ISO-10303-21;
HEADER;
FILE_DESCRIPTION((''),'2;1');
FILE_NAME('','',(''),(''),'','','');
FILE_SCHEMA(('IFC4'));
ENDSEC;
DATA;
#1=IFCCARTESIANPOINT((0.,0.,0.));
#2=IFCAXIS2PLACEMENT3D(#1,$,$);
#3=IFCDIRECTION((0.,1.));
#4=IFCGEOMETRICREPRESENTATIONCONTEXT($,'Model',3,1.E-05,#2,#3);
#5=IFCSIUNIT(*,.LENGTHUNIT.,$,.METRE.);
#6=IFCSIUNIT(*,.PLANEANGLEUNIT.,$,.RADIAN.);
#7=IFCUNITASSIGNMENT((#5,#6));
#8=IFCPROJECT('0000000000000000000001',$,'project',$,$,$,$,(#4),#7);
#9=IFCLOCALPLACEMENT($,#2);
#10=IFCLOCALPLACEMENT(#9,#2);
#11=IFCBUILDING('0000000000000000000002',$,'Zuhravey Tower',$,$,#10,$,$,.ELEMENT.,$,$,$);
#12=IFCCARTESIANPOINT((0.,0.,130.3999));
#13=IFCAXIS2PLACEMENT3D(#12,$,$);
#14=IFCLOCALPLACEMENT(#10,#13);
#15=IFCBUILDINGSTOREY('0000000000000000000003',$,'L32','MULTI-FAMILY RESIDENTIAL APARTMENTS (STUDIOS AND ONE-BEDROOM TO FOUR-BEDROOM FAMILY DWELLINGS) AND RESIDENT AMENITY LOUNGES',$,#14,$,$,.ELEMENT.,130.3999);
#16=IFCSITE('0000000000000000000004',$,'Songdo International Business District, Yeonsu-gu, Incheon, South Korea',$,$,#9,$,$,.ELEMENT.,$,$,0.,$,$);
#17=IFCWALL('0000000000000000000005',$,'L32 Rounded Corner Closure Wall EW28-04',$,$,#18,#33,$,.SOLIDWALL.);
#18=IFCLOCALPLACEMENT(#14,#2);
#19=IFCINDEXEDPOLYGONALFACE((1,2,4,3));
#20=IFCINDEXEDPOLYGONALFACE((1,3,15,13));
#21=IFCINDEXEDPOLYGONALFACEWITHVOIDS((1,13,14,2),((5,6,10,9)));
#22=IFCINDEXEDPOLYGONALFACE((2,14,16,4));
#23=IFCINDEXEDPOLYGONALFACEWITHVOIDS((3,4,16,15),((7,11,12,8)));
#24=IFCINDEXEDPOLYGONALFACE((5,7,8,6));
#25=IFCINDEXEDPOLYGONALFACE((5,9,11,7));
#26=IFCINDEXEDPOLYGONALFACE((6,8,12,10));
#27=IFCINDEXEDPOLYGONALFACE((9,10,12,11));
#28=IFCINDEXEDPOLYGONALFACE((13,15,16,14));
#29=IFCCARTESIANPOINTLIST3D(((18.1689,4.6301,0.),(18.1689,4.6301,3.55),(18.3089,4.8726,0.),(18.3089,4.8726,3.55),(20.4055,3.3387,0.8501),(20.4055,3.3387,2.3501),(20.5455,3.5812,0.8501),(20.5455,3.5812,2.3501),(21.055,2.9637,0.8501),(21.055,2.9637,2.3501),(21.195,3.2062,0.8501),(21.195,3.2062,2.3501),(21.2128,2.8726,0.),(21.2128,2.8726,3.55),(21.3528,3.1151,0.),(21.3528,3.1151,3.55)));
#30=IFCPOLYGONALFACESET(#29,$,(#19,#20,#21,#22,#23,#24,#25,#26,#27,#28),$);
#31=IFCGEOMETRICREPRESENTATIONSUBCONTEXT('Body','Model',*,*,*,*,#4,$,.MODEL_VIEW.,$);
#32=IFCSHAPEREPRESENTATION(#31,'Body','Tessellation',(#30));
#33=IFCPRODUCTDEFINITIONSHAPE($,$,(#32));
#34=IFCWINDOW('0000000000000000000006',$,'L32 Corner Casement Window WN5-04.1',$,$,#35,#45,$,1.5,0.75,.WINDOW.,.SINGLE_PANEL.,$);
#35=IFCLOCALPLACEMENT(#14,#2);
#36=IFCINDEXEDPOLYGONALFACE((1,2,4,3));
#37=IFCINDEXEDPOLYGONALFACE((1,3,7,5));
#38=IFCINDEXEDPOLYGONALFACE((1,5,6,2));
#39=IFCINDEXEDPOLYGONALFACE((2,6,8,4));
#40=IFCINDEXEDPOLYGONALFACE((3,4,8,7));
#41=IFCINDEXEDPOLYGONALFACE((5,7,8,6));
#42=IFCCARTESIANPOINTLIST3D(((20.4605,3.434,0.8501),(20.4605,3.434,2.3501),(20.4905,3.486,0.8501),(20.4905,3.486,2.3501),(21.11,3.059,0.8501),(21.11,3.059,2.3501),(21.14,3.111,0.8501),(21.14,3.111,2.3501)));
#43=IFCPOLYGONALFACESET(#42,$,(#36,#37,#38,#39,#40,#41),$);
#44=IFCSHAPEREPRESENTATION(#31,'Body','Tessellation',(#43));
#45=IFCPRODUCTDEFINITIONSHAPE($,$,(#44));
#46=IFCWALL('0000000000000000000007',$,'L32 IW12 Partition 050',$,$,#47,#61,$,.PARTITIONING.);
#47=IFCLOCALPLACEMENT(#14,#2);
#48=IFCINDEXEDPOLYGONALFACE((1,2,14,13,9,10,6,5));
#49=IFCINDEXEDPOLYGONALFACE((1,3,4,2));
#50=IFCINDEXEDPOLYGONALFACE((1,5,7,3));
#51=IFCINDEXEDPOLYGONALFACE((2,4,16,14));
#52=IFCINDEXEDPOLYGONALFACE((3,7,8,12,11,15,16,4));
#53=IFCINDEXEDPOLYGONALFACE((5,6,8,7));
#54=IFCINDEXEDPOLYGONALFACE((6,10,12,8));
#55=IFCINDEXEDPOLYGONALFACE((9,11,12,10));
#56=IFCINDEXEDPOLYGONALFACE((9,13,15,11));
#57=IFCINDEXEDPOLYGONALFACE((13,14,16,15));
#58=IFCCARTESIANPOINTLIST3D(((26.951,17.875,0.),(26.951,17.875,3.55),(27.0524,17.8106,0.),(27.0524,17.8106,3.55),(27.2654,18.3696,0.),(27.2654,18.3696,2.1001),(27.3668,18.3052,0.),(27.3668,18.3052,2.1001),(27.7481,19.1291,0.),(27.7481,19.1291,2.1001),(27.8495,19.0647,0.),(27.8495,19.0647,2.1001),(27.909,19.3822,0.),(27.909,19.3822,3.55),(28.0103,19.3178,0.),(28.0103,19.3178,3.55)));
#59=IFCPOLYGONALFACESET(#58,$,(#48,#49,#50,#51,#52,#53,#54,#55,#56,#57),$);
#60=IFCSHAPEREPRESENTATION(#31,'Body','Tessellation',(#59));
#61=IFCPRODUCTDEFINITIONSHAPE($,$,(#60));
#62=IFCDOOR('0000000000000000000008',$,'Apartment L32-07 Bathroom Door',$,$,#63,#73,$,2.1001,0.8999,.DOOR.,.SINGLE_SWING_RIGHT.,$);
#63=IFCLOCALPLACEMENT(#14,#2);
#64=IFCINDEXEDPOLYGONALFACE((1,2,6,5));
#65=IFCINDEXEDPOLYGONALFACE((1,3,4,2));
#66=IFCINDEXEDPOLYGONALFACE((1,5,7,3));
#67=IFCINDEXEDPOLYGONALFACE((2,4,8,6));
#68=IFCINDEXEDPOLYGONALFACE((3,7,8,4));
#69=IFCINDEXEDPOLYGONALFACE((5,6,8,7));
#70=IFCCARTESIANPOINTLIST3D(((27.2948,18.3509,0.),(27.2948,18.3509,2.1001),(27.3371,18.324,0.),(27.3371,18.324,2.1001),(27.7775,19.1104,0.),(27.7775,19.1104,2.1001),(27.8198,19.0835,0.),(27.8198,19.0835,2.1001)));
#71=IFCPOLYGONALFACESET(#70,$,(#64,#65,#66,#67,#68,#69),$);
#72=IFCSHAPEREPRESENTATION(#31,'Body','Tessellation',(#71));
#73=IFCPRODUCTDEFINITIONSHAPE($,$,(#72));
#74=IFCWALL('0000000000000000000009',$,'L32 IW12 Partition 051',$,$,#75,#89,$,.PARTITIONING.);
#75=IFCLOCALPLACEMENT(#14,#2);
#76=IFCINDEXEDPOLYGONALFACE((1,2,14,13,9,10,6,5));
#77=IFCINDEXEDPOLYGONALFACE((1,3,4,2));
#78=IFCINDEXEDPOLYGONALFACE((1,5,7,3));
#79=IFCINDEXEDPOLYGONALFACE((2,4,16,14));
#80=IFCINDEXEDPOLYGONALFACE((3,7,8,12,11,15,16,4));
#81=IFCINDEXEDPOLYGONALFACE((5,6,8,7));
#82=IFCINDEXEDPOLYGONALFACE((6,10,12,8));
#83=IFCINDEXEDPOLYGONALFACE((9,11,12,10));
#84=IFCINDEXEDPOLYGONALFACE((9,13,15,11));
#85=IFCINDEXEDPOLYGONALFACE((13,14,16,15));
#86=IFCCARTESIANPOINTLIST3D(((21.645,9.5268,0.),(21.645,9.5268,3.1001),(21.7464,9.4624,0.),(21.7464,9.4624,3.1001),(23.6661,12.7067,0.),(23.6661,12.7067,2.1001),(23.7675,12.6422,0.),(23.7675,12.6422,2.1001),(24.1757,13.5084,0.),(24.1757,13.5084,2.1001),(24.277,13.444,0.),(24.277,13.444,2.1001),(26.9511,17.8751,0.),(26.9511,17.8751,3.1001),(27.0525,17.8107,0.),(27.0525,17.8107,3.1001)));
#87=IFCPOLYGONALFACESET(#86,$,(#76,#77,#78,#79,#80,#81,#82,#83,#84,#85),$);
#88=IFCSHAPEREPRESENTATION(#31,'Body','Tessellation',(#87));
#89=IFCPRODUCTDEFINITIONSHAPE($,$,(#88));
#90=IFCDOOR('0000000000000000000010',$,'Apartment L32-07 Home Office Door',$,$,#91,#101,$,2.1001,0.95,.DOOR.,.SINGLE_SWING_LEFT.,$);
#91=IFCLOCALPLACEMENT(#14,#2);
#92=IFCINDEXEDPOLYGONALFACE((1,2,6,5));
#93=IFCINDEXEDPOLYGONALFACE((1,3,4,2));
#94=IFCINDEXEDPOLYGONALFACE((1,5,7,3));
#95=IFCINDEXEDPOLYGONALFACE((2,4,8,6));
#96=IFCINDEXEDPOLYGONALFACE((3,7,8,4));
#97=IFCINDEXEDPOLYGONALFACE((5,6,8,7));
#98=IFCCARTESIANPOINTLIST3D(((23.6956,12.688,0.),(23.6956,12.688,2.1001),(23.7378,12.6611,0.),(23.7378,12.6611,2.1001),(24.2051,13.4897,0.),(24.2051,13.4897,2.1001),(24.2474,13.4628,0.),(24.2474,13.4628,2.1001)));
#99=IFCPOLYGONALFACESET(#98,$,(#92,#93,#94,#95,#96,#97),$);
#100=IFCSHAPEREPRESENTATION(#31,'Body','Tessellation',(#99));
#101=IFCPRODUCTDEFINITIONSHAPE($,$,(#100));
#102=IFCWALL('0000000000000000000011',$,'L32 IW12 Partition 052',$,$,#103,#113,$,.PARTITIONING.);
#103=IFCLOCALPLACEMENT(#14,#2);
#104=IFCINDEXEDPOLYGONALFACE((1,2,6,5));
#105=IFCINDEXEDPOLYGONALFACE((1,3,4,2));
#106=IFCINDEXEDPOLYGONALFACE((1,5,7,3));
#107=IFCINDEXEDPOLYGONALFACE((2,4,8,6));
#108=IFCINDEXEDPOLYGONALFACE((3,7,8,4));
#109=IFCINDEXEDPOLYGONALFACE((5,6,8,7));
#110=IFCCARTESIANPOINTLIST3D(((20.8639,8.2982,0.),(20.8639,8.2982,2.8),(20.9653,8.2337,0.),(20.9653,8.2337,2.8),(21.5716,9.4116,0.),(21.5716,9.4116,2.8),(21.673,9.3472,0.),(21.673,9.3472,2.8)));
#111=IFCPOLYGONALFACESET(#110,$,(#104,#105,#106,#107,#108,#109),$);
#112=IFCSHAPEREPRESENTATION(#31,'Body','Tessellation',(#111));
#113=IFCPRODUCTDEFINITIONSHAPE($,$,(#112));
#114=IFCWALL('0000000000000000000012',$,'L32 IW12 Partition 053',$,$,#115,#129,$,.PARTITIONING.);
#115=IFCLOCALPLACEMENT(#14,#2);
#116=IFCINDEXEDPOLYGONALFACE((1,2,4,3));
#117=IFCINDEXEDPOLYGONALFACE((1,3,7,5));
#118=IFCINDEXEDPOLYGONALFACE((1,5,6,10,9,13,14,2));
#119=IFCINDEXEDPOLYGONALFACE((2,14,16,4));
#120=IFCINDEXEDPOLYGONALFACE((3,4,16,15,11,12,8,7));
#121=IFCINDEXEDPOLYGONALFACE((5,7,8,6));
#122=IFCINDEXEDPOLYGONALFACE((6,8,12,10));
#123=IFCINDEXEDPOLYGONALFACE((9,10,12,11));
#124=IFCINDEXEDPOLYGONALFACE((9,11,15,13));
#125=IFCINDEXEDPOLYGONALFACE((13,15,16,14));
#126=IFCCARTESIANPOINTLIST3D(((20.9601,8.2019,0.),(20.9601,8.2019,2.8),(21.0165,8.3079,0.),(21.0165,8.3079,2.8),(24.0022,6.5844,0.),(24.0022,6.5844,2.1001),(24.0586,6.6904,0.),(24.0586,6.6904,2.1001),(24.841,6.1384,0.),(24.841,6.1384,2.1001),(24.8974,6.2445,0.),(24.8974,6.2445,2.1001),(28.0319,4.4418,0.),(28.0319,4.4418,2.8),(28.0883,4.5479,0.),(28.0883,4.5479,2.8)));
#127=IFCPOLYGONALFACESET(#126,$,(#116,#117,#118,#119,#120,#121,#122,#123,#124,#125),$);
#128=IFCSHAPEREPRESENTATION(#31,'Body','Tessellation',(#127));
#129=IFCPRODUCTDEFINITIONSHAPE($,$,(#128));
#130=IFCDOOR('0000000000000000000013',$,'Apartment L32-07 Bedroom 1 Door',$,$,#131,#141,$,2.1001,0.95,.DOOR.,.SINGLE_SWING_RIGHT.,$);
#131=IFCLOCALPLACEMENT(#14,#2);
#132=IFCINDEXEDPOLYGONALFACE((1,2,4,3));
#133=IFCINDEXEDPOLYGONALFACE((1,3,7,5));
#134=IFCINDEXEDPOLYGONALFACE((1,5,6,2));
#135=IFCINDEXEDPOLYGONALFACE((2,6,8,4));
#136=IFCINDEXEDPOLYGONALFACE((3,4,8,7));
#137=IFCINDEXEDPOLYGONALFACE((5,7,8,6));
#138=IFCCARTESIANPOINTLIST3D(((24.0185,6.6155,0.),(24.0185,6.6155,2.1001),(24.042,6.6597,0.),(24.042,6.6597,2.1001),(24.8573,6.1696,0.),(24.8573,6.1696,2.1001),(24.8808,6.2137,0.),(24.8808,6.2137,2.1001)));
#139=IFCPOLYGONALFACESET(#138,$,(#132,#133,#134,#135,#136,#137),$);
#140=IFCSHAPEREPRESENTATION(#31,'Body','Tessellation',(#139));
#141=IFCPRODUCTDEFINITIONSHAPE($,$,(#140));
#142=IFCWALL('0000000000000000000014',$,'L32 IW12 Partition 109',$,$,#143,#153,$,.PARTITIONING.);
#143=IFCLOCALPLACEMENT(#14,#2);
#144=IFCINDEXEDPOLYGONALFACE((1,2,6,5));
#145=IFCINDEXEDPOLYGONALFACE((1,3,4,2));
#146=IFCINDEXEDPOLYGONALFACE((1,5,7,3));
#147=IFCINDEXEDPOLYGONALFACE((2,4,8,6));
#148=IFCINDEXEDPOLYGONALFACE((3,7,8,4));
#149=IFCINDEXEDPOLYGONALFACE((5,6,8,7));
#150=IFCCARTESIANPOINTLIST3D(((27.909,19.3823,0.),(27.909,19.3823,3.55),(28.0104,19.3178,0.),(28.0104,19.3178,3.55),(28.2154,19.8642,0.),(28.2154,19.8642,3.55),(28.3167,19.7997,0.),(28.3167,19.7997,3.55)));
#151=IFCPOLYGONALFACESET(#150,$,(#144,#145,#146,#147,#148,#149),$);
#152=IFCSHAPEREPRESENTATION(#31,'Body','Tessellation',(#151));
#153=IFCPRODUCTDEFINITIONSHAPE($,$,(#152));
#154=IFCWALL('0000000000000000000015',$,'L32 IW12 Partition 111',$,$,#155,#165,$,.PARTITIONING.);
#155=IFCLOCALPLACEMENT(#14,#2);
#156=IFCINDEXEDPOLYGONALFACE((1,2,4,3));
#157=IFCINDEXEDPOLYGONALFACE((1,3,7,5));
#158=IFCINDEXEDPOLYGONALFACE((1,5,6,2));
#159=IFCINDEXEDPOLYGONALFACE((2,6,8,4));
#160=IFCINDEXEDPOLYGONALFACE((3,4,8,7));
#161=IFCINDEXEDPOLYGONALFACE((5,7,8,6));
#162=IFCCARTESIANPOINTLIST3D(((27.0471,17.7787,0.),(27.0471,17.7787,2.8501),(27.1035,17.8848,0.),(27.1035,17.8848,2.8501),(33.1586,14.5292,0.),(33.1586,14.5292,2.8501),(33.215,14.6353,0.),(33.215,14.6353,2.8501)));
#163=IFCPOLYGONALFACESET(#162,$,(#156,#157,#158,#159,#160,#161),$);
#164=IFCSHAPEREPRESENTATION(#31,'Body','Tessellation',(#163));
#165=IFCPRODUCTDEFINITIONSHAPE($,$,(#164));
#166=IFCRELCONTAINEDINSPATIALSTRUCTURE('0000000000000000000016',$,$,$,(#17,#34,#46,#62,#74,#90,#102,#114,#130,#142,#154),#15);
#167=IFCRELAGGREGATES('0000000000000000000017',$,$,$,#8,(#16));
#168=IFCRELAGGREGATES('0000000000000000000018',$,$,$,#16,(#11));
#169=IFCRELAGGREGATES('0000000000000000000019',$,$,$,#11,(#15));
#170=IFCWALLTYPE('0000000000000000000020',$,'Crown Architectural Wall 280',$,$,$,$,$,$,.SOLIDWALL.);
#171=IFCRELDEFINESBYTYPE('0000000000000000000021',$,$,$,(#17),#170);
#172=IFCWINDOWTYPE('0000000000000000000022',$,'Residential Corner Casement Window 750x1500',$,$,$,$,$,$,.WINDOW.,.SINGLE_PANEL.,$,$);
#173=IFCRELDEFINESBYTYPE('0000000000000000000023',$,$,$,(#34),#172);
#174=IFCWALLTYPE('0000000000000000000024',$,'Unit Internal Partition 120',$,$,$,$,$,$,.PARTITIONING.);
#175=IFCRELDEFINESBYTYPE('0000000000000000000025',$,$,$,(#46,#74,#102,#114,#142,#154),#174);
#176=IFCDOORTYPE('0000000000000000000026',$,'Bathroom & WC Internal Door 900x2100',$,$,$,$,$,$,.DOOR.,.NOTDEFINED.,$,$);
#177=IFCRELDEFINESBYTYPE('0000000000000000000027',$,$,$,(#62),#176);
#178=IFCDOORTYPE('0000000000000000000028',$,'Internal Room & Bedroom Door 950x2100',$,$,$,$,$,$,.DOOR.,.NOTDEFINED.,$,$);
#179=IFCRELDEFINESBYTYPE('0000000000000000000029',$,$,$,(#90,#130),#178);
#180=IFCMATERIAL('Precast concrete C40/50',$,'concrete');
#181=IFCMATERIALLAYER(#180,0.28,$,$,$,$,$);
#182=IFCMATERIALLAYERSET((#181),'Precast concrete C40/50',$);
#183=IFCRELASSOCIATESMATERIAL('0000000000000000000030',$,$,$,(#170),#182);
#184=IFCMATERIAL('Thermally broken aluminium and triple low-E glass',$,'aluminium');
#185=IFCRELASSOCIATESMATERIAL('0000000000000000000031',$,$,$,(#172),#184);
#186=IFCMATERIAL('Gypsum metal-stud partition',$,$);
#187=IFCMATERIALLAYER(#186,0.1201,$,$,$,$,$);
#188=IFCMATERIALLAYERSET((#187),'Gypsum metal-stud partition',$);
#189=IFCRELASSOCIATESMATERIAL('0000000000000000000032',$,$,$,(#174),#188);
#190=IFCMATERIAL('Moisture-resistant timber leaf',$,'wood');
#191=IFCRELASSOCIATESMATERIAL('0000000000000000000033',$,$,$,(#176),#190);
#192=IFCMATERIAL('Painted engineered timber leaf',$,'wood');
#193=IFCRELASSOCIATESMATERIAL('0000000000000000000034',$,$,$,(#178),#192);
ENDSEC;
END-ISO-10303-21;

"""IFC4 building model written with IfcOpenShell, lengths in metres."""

from ifc_helpers import new_model, si_unit, direction, frame, frame_2d, origin, place, context, subcontext, project, spatial, rectangle, extrude, material, layer, layer_set, type_object, element, fill, save


model = new_model("IFC4")

# Units and contexts
model_context = context("Model", 3, precision=1e-05, world=origin(), true_north=direction((0.0, 1.0)))
body_context = subcontext(model_context, "Body", "Model", "MODEL_VIEW")
ifc_project = project(units=[si_unit("LENGTHUNIT", "METRE"), si_unit("PLANEANGLEUNIT", "RADIAN")], contexts=[model_context])

# Site, building, storey
site_placement = place(None, origin())
site = spatial("IfcSite", under=ifc_project, at=site_placement, Name="Songdo International Business District, Yeonsu-gu, Incheon, South Korea", CompositionType="ELEMENT", RefElevation=0.0)
building_placement = place(site_placement, origin())
building = spatial("IfcBuilding", under=site, at=building_placement, Name="Zuhravey Tower", CompositionType="ELEMENT")
storey_placement = place(building_placement, frame((0.0, 0.0, 130.3999)))
storey = spatial("IfcBuildingStorey", under=building, at=storey_placement, Name="L32", Description="MULTI-FAMILY RESIDENTIAL APARTMENTS (STUDIOS AND ONE-BEDROOM TO FOUR-BEDROOM FAMILY DWELLINGS) AND RESIDENT AMENITY LOUNGES", CompositionType="ELEMENT", Elevation=130.3999)

# Wall, opening, window
ifc_material_1 = material(Name="Precast concrete C40/50", Category="concrete")
ifc_layer_1 = layer(ifc_material_1, 0.28)
ifc_layer_set_1 = layer_set([ifc_layer_1], Name="Precast concrete C40/50")
wall_type_1 = type_object("IfcWallType", Name="Crown Architectural Wall 280", PredefinedType="SOLIDWALL", material=ifc_layer_set_1)
wall_1_placement = place(storey_placement, frame((21.2827, 2.9939, 0.0), z_axis=(0.0, 0.0, 1.0), x_axis=(-0.866007, 0.500031, 0.0)))
wall_1 = element("IfcWall", 1, at=wall_1_placement, inside=storey, type_object=wall_type_1, Name="L32 Rounded Corner Closure Wall EW28-04", PredefinedType="SOLIDWALL", context=body_context, shape_type="SweptSolid", body=[
    extrude(rectangle(XDim=3.5149, YDim=0.28, at=frame_2d((1.7573, 0.0))), origin(), (0.0, 0.0, 1.0), 3.55),
])
opening_1_placement = place(wall_1_placement, frame((0.1821, 0.0, 0.8501)))
opening_1 = element("IfcOpeningElement", 2, at=opening_1_placement, cuts=wall_1, PredefinedType="OPENING", context=body_context, shape_type="SweptSolid", body=[
    extrude(rectangle(XDim=0.75, YDim=1.5, at=frame_2d((0.375, 0.75))), frame((0.0, 0.1521, 0.0), z_axis=(0.0, -1.0, 0.0), x_axis=(1.0, 0.0, 0.0)), (0.0, 0.0, 1.0), 0.304),
])
ifc_material_2 = material(Name="Thermally broken aluminium and triple low-E glass", Category="aluminium")
window_type = type_object("IfcWindowType", Name="Residential Corner Casement Window 750x1500", PartitioningType="SINGLE_PANEL", PredefinedType="WINDOW", material=ifc_material_2)
window_placement = place(opening_1_placement, origin())
window = element("IfcWindow", 3, at=window_placement, inside=storey, type_object=window_type, Name="L32 Corner Casement Window WN5-04.1", OverallHeight=1.5, OverallWidth=0.75, PartitioningType="SINGLE_PANEL", PredefinedType="WINDOW", context=body_context, shape_type="SweptSolid", body=[
    extrude(rectangle(XDim=0.75, YDim=1.5, at=frame_2d((0.375, 0.75))), frame((0.0, 0.03, 0.0), z_axis=(0.0, -1.0, 0.0), x_axis=(1.0, 0.0, 0.0)), (0.0, 0.0, 1.0), 0.0601),
])
fill(opening_1, window)

# Walls, openings, doors
ifc_material_3 = material(Name="Gypsum metal-stud partition")
ifc_layer_2 = layer(ifc_material_3, 0.1201)
ifc_layer_set_2 = layer_set([ifc_layer_2], Name="Gypsum metal-stud partition")
wall_type_2 = type_object("IfcWallType", Name="Unit Internal Partition 120", PredefinedType="PARTITIONING", material=ifc_layer_set_2)
wall_2_placement = place(storey_placement, frame((27.9597, 19.3501, 0.0), z_axis=(0.0, 0.0, 1.0), x_axis=(-0.536398, -0.843965, 0.0)))
wall_2 = element("IfcWall", 4, at=wall_2_placement, inside=storey, type_object=wall_type_2, Name="L32 IW12 Partition 050", PredefinedType="PARTITIONING", context=body_context, shape_type="SweptSolid", body=[
    extrude(rectangle(XDim=1.7859, YDim=0.1201, at=frame_2d((0.8931, 0.0))), origin(), (0.0, 0.0, 1.0), 3.55),
])
opening_2_placement = place(wall_2_placement, frame((0.3, 0.0, 0.0)))
opening_2 = element("IfcOpeningElement", 5, at=opening_2_placement, cuts=wall_2, PredefinedType="OPENING", context=body_context, shape_type="SweptSolid", body=[
    extrude(rectangle(XDim=0.8999, YDim=2.1001, at=frame_2d((0.45, 1.05))), frame((0.0, 0.072, 0.0), z_axis=(0.0, -1.0, 0.0), x_axis=(1.0, 0.0, 0.0)), (0.0, 0.0, 1.0), 0.144),
])
ifc_material_4 = material(Name="Moisture-resistant timber leaf", Category="wood")
door_type_1 = type_object("IfcDoorType", Name="Bathroom & WC Internal Door 900x2100", OperationType="NOTDEFINED", PredefinedType="DOOR", material=ifc_material_4)
door_1_placement = place(opening_2_placement, origin())
door_1 = element("IfcDoor", 6, at=door_1_placement, inside=storey, type_object=door_type_1, Name="Apartment L32-07 Bathroom Door", OperationType="SINGLE_SWING_RIGHT", OverallHeight=2.1001, OverallWidth=0.8999, PredefinedType="DOOR", context=body_context, shape_type="SweptSolid", body=[
    extrude(rectangle(XDim=0.8999, YDim=2.1001, at=frame_2d((0.45, 1.05))), frame((0.0, 0.0249, 0.0), z_axis=(0.0, -1.0, 0.0), x_axis=(1.0, 0.0, 0.0)), (0.0, 0.0, 1.0), 0.05),
])
fill(opening_2, door_1)
wall_3_placement = place(storey_placement, frame((27.0017, 17.8428, 0.0), z_axis=(0.0, 0.0, 1.0), x_axis=(-0.536411, -0.843957, 0.0)))
wall_3 = element("IfcWall", 7, at=wall_3_placement, inside=storey, type_object=wall_type_2, Name="L32 IW12 Partition 051", PredefinedType="PARTITIONING", context=body_context, shape_type="SweptSolid", body=[
    extrude(rectangle(XDim=9.8918, YDim=0.1201, at=frame_2d((4.9458, 0.0))), origin(), (0.0, 0.0, 1.0), 3.1001),
])
opening_3_placement = place(wall_3_placement, frame((5.1738, 0.0, 0.0)))
opening_3 = element("IfcOpeningElement", 8, at=opening_3_placement, cuts=wall_3, PredefinedType="OPENING", context=body_context, shape_type="SweptSolid", body=[
    extrude(rectangle(XDim=0.95, YDim=2.1001, at=frame_2d((0.4751, 1.05))), frame((0.0, 0.072, 0.0), z_axis=(0.0, -1.0, 0.0), x_axis=(1.0, 0.0, 0.0)), (0.0, 0.0, 1.0), 0.144),
])
ifc_material_5 = material(Name="Painted engineered timber leaf", Category="wood")
door_type_2 = type_object("IfcDoorType", Name="Internal Room & Bedroom Door 950x2100", OperationType="NOTDEFINED", PredefinedType="DOOR", material=ifc_material_5)
door_2_placement = place(opening_3_placement, origin())
door_2 = element("IfcDoor", 9, at=door_2_placement, inside=storey, type_object=door_type_2, Name="Apartment L32-07 Home Office Door", OperationType="SINGLE_SWING_LEFT", OverallHeight=2.1001, OverallWidth=0.95, PredefinedType="DOOR", context=body_context, shape_type="SweptSolid", body=[
    extrude(rectangle(XDim=0.95, YDim=2.1001, at=frame_2d((0.4751, 1.05))), frame((0.0, 0.0249, 0.0), z_axis=(0.0, -1.0, 0.0), x_axis=(1.0, 0.0, 0.0)), (0.0, 0.0, 1.0), 0.05),
])
fill(opening_3, door_2)

# Wall
wall_4_placement = place(storey_placement, frame((21.6223, 9.3794, 0.0), z_axis=(0.0, 0.0, 1.0), x_axis=(-0.53642, -0.843951, 0.0)))
element("IfcWall", 10, at=wall_4_placement, inside=storey, type_object=wall_type_2, Name="L32 IW12 Partition 052", PredefinedType="PARTITIONING", context=body_context, shape_type="SweptSolid", body=[
    extrude(rectangle(XDim=1.3193, YDim=0.1201, at=frame_2d((0.6597, 0.0))), origin(), (0.0, 0.0, 1.0), 2.8),
])

# Wall, opening, door
wall_5_placement = place(storey_placement, frame((20.9883, 8.2549, 0.0), z_axis=(0.0, 0.0, 1.0), x_axis=(0.882954, -0.46946, 0.0)))
wall_5 = element("IfcWall", 11, at=wall_5_placement, inside=storey, type_object=wall_type_2, Name="L32 IW12 Partition 053", PredefinedType="PARTITIONING", context=body_context, shape_type="SweptSolid", body=[
    extrude(rectangle(XDim=8.0093, YDim=0.1201, at=frame_2d((4.0046, 0.0))), origin(), (0.0, 0.0, 1.0), 2.8),
])
opening_4_placement = place(wall_5_placement, frame((3.4453, 0.0, 0.0)))
opening_4 = element("IfcOpeningElement", 12, at=opening_4_placement, cuts=wall_5, PredefinedType="OPENING", context=body_context, shape_type="SweptSolid", body=[
    extrude(rectangle(XDim=0.95, YDim=2.1001, at=frame_2d((0.4751, 1.05))), frame((0.0, 0.072, 0.0), z_axis=(0.0, -1.0, 0.0), x_axis=(1.0, 0.0, 0.0)), (0.0, 0.0, 1.0), 0.144),
])
door_3_placement = place(opening_4_placement, frame((0.95, 0.0, 0.0), z_axis=(0.0, 0.0, 1.0), x_axis=(-1.0, 0.0, 0.0)))
door_3 = element("IfcDoor", 13, at=door_3_placement, inside=storey, type_object=door_type_2, Name="Apartment L32-07 Bedroom 1 Door", OperationType="SINGLE_SWING_RIGHT", OverallHeight=2.1001, OverallWidth=0.95, PredefinedType="DOOR", context=body_context, shape_type="SweptSolid", body=[
    extrude(rectangle(XDim=0.95, YDim=2.1001, at=frame_2d((0.4751, 1.05))), frame((0.0, 0.0249, 0.0), z_axis=(0.0, -1.0, 0.0), x_axis=(1.0, 0.0, 0.0)), (0.0, 0.0, 1.0), 0.05),
])
fill(opening_4, door_3)

# Walls
wall_6_placement = place(storey_placement, frame((28.2661, 19.832, 0.0), z_axis=(0.0, 0.0, 1.0), x_axis=(-0.536516, -0.84389, 0.0)))
element("IfcWall", 14, at=wall_6_placement, inside=storey, type_object=wall_type_2, Name="L32 IW12 Partition 109", PredefinedType="PARTITIONING", context=body_context, shape_type="SweptSolid", body=[
    extrude(rectangle(XDim=0.571, YDim=0.1201, at=frame_2d((0.2856, 0.0))), origin(), (0.0, 0.0, 1.0), 3.55),
])
wall_7_placement = place(storey_placement, frame((27.0752, 17.8318, 0.0), z_axis=(0.0, 0.0, 1.0), x_axis=(0.882952, -0.469464, 0.0)))
element("IfcWall", 15, at=wall_7_placement, inside=storey, type_object=wall_type_2, Name="L32 IW12 Partition 111", PredefinedType="PARTITIONING", context=body_context, shape_type="SweptSolid", body=[
    extrude(rectangle(XDim=6.9216, YDim=0.1201, at=frame_2d((3.4609, 0.0))), origin(), (0.0, 0.0, 1.0), 2.8501),
])

save(model, "model.ifc")
